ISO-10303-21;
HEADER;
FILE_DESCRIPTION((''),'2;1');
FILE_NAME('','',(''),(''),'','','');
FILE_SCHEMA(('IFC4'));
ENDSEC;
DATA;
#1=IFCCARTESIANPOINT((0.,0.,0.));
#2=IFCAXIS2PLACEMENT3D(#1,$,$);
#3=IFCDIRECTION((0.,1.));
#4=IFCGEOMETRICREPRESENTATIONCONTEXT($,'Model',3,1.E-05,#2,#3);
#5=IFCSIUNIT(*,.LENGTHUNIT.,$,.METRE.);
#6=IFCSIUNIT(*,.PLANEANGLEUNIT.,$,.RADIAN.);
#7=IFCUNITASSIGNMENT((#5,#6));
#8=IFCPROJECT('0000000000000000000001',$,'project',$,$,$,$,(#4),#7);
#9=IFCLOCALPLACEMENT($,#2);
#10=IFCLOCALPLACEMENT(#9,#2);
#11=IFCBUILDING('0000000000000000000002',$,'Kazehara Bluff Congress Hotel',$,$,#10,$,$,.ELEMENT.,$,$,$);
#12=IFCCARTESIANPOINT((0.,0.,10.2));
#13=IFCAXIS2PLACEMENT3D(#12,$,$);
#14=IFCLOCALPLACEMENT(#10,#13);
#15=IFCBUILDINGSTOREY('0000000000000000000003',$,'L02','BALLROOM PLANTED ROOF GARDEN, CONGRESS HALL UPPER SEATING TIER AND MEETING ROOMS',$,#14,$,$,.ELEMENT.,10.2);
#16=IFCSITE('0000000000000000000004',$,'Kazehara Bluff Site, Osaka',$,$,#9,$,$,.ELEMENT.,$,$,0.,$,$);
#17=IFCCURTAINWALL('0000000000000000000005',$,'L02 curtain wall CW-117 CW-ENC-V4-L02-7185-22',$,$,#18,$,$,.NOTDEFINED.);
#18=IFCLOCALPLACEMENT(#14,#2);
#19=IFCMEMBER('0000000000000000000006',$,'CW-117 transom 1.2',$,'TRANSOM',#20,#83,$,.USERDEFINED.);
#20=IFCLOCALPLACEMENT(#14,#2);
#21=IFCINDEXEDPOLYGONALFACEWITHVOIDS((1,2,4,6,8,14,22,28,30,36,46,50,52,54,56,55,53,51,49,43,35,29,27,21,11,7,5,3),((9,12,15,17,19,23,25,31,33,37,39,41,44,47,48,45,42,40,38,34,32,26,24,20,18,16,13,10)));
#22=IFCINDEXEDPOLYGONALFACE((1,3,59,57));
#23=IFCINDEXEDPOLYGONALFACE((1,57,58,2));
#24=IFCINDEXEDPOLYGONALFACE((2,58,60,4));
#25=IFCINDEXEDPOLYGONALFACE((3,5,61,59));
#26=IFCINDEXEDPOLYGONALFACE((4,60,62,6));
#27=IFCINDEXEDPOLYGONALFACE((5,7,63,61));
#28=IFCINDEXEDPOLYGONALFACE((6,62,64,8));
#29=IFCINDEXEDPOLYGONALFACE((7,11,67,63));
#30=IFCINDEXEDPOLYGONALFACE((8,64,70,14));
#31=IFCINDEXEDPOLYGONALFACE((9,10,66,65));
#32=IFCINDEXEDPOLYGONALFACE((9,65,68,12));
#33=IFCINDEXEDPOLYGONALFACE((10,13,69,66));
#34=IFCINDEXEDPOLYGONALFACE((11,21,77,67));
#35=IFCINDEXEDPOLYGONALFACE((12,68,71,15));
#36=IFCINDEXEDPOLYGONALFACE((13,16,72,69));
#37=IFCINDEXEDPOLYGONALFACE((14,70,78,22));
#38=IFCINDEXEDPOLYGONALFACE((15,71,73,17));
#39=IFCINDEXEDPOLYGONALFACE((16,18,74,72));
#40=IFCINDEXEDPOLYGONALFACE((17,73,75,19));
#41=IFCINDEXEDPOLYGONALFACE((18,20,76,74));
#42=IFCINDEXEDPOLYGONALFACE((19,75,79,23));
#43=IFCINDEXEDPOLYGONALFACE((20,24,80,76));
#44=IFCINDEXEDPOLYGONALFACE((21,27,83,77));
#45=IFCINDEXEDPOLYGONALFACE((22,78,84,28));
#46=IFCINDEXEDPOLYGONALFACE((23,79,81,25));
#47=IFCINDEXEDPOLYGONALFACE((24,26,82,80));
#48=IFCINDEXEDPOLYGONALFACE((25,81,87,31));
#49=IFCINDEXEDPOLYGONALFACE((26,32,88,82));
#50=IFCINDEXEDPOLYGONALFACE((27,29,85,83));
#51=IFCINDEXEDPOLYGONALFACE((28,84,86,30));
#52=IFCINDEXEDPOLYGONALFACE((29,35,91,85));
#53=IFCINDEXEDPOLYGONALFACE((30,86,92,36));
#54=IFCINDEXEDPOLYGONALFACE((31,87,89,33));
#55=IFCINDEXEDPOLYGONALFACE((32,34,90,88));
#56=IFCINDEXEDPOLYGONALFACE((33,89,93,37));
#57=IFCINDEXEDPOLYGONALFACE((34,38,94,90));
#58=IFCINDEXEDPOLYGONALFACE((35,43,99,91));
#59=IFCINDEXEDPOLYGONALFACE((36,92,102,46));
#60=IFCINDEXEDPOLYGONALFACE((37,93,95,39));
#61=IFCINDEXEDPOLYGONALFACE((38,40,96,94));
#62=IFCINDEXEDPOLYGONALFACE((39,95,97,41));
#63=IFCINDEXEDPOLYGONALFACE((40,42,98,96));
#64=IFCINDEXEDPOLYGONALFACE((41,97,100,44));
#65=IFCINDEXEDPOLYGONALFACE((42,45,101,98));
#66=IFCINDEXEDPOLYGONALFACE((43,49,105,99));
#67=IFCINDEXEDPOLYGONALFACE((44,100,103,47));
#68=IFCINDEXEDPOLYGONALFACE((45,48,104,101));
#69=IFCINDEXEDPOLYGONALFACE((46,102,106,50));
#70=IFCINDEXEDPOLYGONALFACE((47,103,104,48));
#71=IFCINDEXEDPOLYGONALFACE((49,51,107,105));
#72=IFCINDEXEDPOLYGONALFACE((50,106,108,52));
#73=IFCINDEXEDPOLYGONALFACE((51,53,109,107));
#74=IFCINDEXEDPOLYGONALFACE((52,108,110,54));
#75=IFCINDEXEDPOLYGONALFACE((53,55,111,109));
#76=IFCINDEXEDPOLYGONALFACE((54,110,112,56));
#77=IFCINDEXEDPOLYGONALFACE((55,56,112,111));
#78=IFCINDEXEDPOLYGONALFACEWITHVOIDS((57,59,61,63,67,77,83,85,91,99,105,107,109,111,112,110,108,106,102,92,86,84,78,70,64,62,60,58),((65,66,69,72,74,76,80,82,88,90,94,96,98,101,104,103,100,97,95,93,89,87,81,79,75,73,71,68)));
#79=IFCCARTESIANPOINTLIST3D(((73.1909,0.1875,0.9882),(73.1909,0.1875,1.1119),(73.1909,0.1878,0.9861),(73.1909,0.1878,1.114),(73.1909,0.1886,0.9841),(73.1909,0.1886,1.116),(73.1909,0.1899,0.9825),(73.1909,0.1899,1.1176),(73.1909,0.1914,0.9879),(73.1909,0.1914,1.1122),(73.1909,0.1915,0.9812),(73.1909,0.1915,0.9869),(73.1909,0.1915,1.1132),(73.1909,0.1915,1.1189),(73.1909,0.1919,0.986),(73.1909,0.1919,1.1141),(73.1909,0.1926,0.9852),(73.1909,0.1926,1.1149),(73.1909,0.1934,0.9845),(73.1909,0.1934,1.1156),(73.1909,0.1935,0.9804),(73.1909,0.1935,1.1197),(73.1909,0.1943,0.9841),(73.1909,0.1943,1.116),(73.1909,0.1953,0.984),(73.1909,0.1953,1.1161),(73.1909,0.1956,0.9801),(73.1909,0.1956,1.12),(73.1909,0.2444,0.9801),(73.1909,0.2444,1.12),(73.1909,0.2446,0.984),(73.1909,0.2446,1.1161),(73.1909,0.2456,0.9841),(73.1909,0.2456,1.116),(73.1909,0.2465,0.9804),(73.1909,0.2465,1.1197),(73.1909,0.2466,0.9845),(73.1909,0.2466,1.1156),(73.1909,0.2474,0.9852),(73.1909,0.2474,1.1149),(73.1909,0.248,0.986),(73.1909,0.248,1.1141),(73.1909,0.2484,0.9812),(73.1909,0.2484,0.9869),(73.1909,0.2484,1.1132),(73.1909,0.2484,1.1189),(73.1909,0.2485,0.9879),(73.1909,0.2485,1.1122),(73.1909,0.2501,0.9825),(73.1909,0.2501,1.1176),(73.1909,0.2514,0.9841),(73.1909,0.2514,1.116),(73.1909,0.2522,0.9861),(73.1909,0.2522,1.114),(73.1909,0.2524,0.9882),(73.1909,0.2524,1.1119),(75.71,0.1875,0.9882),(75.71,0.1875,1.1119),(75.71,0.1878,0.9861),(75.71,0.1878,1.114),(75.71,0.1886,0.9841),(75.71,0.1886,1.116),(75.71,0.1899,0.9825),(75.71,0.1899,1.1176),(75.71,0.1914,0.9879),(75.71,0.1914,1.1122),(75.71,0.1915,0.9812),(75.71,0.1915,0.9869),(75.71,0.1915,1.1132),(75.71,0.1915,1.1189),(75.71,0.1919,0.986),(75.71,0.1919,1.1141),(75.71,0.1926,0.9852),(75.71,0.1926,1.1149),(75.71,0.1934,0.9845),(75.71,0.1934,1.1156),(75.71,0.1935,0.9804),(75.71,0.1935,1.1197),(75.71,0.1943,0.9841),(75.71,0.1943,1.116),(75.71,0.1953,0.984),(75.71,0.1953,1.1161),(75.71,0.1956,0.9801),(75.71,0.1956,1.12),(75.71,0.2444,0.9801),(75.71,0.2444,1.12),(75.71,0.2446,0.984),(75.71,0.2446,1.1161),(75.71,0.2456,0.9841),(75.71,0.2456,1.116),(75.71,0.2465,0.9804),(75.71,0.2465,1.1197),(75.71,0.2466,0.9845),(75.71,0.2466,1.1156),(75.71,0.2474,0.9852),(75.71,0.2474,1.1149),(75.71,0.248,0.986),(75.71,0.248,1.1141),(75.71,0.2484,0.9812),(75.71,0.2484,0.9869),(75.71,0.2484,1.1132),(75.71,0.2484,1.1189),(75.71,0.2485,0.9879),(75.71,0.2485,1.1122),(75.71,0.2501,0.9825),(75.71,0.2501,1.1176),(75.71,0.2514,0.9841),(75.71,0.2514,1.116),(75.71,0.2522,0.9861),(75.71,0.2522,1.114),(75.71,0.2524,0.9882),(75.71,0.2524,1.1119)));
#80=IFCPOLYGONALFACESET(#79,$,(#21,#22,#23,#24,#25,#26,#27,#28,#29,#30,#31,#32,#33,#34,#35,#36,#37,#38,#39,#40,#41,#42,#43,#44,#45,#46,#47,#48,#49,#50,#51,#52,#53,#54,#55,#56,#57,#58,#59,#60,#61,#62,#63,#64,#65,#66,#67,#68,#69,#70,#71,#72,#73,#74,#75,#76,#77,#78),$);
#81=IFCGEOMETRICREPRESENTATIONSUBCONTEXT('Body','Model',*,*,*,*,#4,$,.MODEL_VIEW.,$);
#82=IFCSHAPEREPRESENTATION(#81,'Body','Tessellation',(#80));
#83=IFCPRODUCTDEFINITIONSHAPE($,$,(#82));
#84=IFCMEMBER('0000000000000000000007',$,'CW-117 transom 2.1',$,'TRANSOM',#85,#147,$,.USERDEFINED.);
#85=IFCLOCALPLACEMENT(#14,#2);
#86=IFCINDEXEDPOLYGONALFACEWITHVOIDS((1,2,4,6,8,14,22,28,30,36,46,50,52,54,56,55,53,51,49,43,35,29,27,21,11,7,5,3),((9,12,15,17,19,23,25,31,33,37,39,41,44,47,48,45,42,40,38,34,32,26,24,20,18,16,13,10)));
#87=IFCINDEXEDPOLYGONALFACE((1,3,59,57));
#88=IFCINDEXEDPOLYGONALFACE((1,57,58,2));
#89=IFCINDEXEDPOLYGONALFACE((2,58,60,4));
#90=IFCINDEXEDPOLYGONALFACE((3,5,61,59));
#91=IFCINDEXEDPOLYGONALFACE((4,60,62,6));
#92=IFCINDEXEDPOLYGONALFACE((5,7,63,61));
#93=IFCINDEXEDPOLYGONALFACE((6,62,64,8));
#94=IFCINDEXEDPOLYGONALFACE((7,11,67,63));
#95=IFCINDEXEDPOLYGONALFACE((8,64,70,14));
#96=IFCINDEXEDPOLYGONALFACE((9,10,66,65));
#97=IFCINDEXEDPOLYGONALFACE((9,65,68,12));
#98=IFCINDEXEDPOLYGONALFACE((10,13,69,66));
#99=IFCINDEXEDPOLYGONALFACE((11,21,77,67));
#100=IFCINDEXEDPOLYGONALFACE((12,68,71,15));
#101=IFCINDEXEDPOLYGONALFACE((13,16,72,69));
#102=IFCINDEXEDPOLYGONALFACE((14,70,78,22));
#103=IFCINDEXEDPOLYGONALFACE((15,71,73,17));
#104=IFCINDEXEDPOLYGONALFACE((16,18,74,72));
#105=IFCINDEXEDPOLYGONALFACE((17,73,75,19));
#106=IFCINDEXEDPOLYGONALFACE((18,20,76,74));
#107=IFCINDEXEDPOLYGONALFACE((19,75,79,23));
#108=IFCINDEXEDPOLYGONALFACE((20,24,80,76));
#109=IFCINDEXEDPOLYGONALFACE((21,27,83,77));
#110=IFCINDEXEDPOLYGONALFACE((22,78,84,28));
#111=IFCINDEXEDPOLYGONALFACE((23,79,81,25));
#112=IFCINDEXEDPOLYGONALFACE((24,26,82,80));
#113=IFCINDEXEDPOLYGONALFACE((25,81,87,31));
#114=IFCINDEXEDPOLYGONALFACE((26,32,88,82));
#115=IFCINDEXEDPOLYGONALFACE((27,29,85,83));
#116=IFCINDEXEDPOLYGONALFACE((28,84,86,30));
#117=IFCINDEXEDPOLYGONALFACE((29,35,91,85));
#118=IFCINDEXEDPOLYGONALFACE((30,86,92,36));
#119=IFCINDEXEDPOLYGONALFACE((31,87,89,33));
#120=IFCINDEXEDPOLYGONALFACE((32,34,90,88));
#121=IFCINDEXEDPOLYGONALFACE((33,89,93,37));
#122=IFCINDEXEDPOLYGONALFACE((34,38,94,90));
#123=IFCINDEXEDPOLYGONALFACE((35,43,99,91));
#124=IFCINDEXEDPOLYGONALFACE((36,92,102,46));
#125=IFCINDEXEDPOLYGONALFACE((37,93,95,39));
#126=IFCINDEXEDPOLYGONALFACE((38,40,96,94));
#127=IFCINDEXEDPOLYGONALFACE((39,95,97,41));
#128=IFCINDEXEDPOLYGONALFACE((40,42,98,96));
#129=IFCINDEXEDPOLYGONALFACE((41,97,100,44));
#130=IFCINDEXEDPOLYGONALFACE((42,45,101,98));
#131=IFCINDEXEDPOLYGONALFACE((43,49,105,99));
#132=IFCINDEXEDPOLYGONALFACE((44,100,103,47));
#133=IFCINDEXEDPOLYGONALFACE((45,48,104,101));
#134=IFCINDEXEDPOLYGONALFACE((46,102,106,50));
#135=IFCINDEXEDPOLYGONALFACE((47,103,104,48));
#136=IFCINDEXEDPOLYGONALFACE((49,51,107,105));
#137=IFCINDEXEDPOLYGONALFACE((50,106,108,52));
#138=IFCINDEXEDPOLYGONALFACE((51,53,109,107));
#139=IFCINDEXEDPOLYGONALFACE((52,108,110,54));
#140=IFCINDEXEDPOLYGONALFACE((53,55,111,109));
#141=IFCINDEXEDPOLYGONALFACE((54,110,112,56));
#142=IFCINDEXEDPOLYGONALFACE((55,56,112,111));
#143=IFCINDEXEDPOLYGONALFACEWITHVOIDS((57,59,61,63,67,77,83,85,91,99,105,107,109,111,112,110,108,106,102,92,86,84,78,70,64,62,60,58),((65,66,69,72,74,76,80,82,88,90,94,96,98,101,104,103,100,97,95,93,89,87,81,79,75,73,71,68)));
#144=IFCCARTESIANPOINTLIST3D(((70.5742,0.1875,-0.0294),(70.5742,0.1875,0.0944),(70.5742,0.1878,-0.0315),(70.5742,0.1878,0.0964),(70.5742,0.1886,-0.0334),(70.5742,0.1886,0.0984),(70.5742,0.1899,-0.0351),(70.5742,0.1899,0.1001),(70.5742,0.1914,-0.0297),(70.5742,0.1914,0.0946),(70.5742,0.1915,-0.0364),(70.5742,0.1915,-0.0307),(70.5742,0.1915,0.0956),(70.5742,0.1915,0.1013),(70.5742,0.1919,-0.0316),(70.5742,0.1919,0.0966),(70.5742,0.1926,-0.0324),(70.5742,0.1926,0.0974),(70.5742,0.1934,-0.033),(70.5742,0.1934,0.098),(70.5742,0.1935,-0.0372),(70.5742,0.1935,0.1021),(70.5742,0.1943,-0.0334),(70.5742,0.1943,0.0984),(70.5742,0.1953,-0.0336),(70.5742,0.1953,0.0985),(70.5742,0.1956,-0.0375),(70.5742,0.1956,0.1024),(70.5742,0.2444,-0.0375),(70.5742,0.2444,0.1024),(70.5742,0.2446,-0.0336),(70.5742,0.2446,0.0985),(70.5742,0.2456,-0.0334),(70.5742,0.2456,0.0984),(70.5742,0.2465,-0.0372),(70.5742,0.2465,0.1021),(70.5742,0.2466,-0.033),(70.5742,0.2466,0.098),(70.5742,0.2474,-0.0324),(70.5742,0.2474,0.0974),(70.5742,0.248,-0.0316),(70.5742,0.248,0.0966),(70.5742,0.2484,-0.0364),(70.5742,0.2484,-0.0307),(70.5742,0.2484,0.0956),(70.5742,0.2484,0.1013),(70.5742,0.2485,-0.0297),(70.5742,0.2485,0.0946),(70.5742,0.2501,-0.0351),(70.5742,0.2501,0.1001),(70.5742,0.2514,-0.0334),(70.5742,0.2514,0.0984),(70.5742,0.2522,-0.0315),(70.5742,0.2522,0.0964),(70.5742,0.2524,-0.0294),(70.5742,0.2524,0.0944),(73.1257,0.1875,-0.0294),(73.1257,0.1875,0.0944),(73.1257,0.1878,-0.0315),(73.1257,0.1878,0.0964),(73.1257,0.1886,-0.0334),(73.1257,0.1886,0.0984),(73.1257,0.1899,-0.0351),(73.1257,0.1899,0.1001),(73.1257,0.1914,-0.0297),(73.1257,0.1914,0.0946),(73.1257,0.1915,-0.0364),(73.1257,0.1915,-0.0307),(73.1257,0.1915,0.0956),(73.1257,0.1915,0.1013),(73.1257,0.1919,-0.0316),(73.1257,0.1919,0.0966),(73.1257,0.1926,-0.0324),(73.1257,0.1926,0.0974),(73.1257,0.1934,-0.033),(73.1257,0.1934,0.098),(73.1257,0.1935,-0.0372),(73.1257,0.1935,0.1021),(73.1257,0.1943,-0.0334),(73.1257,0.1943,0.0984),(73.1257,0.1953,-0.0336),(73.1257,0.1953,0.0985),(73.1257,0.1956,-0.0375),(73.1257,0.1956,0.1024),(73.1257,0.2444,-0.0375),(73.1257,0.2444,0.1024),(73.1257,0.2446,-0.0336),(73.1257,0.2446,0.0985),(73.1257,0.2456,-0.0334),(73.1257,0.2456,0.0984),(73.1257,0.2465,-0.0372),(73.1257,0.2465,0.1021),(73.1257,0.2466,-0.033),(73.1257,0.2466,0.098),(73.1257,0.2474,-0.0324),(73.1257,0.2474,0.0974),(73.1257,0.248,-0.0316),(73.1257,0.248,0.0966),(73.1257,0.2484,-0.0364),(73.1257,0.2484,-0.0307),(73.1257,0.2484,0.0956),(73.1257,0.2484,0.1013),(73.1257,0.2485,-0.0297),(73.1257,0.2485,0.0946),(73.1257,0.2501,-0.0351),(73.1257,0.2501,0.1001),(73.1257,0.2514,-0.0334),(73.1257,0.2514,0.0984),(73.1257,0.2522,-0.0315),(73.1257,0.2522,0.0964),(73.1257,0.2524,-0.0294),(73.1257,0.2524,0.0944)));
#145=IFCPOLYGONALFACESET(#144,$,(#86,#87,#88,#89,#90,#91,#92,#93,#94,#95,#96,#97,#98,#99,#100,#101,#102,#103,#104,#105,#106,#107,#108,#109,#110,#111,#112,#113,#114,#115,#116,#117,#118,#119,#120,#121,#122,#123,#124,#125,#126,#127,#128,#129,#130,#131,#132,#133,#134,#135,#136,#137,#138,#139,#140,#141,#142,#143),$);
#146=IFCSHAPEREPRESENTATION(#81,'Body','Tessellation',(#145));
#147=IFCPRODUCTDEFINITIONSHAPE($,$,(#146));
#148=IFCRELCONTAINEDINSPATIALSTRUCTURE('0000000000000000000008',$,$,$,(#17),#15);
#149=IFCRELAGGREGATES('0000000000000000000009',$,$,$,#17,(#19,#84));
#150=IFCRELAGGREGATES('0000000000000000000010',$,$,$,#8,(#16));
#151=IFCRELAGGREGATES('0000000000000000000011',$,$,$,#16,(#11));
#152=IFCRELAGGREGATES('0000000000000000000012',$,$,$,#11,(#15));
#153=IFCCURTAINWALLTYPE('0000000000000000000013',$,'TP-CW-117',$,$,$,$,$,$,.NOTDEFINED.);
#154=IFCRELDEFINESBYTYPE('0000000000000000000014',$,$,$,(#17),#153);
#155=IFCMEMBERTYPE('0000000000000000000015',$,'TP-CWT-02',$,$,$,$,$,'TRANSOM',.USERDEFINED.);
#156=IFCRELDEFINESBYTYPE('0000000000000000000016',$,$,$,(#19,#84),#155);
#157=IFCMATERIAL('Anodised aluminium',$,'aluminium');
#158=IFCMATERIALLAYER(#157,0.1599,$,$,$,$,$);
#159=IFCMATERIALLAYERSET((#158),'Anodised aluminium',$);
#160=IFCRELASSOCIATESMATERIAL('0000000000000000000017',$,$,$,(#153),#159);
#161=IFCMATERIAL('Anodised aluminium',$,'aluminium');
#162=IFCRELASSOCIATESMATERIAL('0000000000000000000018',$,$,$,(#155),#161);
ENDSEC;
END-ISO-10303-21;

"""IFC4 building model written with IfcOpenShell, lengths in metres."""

from ifc_helpers import new_model, si_unit, direction, frame, origin, origin_2d, place, context, subcontext, project, spatial, hollow_rectangle, extrude, material, layer, layer_set, material_profile, profile_set, type_object, element, aggregate, save


model = new_model("IFC4")

# Units and contexts
model_context = context("Model", 3, precision=1e-05, world=origin(), true_north=direction((0.0, 1.0)))
body_context = subcontext(model_context, "Body", "Model", "MODEL_VIEW")
ifc_project = project(units=[si_unit("LENGTHUNIT", "METRE"), si_unit("PLANEANGLEUNIT", "RADIAN")], contexts=[model_context])

# Site, building, storey
site_placement = place(None, origin())
site = spatial("IfcSite", under=ifc_project, at=site_placement, Name="Kazehara Bluff Site, Osaka", CompositionType="ELEMENT", RefElevation=0.0)
building_placement = place(site_placement, origin())
building = spatial("IfcBuilding", under=site, at=building_placement, Name="Kazehara Bluff Congress Hotel", CompositionType="ELEMENT")
storey_placement = place(building_placement, frame((0.0, 0.0, 10.2)))
storey = spatial("IfcBuildingStorey", under=building, at=storey_placement, Name="L02", Description="BALLROOM PLANTED ROOF GARDEN, CONGRESS HALL UPPER SEATING TIER AND MEETING ROOMS", CompositionType="ELEMENT", Elevation=10.2)

# Curtain wall, members
ifc_material_1 = material(Name="Anodised aluminium", Category="aluminium")
ifc_layer_1 = layer(ifc_material_1, 0.1599)
ifc_layer_set_1 = layer_set([ifc_layer_1], Name="Anodised aluminium")
curtain_wall_type = type_object("IfcCurtainWallType", Name="TP-CW-117", PredefinedType="NOTDEFINED", material=ifc_layer_set_1)
curtain_wall_placement = place(storey_placement, origin())
curtain_wall = element("IfcCurtainWall", 1, at=curtain_wall_placement, inside=storey, type_object=curtain_wall_type, Name="L02 curtain wall CW-117 CW-ENC-V4-L02-7185-22", PredefinedType="NOTDEFINED")
ifc_material_2 = material(Name="Anodised aluminium", Category="aluminium")
ifc_material_profile_1 = material_profile(ifc_material_2, hollow_rectangle(XDim=0.0649, YDim=0.1399, WallThickness=0.0039, InnerFilletRadius=0.0039, OuterFilletRadius=0.0081, at=origin_2d()))
ifc_profile_set_1 = profile_set([ifc_material_profile_1], Name="Anodised aluminium")
member_type_1 = type_object("IfcMemberType", Name="TP-CWT-02", ElementType="TRANSOM", PredefinedType="USERDEFINED", material=ifc_profile_set_1)
member_1_placement = place(storey_placement, frame((75.71, 0.22, 1.05), z_axis=(-1.0, 0.0, 0.0), x_axis=(0.0, -1.0, 0.0)))
member_1 = element("IfcMember", 2, at=member_1_placement, type_object=member_type_1, Name="CW-117 transom 1.2", ObjectType="TRANSOM", PredefinedType="USERDEFINED", context=body_context, shape_type="SweptSolid", body=[
    extrude(hollow_rectangle(XDim=0.0649, YDim=0.1399, WallThickness=0.0039, InnerFilletRadius=0.0039, OuterFilletRadius=0.0081, at=origin_2d()), origin(), (0.0, 0.0, 1.0), 2.519),
])
member_2_placement = place(storey_placement, frame((73.1257, 0.22, 0.0325), z_axis=(-1.0, 0.0, 0.0), x_axis=(0.0, -1.0, 0.0)))
member_2 = element("IfcMember", 3, at=member_2_placement, type_object=member_type_1, Name="CW-117 transom 2.1", ObjectType="TRANSOM", PredefinedType="USERDEFINED", context=body_context, shape_type="SweptSolid", body=[
    extrude(hollow_rectangle(XDim=0.0649, YDim=0.1399, WallThickness=0.0039, InnerFilletRadius=0.0039, OuterFilletRadius=0.0081, at=origin_2d()), origin(), (0.0, 0.0, 1.0), 2.5515),
])
aggregate(curtain_wall, [member_1, member_2])

save(model, "model.ifc")
